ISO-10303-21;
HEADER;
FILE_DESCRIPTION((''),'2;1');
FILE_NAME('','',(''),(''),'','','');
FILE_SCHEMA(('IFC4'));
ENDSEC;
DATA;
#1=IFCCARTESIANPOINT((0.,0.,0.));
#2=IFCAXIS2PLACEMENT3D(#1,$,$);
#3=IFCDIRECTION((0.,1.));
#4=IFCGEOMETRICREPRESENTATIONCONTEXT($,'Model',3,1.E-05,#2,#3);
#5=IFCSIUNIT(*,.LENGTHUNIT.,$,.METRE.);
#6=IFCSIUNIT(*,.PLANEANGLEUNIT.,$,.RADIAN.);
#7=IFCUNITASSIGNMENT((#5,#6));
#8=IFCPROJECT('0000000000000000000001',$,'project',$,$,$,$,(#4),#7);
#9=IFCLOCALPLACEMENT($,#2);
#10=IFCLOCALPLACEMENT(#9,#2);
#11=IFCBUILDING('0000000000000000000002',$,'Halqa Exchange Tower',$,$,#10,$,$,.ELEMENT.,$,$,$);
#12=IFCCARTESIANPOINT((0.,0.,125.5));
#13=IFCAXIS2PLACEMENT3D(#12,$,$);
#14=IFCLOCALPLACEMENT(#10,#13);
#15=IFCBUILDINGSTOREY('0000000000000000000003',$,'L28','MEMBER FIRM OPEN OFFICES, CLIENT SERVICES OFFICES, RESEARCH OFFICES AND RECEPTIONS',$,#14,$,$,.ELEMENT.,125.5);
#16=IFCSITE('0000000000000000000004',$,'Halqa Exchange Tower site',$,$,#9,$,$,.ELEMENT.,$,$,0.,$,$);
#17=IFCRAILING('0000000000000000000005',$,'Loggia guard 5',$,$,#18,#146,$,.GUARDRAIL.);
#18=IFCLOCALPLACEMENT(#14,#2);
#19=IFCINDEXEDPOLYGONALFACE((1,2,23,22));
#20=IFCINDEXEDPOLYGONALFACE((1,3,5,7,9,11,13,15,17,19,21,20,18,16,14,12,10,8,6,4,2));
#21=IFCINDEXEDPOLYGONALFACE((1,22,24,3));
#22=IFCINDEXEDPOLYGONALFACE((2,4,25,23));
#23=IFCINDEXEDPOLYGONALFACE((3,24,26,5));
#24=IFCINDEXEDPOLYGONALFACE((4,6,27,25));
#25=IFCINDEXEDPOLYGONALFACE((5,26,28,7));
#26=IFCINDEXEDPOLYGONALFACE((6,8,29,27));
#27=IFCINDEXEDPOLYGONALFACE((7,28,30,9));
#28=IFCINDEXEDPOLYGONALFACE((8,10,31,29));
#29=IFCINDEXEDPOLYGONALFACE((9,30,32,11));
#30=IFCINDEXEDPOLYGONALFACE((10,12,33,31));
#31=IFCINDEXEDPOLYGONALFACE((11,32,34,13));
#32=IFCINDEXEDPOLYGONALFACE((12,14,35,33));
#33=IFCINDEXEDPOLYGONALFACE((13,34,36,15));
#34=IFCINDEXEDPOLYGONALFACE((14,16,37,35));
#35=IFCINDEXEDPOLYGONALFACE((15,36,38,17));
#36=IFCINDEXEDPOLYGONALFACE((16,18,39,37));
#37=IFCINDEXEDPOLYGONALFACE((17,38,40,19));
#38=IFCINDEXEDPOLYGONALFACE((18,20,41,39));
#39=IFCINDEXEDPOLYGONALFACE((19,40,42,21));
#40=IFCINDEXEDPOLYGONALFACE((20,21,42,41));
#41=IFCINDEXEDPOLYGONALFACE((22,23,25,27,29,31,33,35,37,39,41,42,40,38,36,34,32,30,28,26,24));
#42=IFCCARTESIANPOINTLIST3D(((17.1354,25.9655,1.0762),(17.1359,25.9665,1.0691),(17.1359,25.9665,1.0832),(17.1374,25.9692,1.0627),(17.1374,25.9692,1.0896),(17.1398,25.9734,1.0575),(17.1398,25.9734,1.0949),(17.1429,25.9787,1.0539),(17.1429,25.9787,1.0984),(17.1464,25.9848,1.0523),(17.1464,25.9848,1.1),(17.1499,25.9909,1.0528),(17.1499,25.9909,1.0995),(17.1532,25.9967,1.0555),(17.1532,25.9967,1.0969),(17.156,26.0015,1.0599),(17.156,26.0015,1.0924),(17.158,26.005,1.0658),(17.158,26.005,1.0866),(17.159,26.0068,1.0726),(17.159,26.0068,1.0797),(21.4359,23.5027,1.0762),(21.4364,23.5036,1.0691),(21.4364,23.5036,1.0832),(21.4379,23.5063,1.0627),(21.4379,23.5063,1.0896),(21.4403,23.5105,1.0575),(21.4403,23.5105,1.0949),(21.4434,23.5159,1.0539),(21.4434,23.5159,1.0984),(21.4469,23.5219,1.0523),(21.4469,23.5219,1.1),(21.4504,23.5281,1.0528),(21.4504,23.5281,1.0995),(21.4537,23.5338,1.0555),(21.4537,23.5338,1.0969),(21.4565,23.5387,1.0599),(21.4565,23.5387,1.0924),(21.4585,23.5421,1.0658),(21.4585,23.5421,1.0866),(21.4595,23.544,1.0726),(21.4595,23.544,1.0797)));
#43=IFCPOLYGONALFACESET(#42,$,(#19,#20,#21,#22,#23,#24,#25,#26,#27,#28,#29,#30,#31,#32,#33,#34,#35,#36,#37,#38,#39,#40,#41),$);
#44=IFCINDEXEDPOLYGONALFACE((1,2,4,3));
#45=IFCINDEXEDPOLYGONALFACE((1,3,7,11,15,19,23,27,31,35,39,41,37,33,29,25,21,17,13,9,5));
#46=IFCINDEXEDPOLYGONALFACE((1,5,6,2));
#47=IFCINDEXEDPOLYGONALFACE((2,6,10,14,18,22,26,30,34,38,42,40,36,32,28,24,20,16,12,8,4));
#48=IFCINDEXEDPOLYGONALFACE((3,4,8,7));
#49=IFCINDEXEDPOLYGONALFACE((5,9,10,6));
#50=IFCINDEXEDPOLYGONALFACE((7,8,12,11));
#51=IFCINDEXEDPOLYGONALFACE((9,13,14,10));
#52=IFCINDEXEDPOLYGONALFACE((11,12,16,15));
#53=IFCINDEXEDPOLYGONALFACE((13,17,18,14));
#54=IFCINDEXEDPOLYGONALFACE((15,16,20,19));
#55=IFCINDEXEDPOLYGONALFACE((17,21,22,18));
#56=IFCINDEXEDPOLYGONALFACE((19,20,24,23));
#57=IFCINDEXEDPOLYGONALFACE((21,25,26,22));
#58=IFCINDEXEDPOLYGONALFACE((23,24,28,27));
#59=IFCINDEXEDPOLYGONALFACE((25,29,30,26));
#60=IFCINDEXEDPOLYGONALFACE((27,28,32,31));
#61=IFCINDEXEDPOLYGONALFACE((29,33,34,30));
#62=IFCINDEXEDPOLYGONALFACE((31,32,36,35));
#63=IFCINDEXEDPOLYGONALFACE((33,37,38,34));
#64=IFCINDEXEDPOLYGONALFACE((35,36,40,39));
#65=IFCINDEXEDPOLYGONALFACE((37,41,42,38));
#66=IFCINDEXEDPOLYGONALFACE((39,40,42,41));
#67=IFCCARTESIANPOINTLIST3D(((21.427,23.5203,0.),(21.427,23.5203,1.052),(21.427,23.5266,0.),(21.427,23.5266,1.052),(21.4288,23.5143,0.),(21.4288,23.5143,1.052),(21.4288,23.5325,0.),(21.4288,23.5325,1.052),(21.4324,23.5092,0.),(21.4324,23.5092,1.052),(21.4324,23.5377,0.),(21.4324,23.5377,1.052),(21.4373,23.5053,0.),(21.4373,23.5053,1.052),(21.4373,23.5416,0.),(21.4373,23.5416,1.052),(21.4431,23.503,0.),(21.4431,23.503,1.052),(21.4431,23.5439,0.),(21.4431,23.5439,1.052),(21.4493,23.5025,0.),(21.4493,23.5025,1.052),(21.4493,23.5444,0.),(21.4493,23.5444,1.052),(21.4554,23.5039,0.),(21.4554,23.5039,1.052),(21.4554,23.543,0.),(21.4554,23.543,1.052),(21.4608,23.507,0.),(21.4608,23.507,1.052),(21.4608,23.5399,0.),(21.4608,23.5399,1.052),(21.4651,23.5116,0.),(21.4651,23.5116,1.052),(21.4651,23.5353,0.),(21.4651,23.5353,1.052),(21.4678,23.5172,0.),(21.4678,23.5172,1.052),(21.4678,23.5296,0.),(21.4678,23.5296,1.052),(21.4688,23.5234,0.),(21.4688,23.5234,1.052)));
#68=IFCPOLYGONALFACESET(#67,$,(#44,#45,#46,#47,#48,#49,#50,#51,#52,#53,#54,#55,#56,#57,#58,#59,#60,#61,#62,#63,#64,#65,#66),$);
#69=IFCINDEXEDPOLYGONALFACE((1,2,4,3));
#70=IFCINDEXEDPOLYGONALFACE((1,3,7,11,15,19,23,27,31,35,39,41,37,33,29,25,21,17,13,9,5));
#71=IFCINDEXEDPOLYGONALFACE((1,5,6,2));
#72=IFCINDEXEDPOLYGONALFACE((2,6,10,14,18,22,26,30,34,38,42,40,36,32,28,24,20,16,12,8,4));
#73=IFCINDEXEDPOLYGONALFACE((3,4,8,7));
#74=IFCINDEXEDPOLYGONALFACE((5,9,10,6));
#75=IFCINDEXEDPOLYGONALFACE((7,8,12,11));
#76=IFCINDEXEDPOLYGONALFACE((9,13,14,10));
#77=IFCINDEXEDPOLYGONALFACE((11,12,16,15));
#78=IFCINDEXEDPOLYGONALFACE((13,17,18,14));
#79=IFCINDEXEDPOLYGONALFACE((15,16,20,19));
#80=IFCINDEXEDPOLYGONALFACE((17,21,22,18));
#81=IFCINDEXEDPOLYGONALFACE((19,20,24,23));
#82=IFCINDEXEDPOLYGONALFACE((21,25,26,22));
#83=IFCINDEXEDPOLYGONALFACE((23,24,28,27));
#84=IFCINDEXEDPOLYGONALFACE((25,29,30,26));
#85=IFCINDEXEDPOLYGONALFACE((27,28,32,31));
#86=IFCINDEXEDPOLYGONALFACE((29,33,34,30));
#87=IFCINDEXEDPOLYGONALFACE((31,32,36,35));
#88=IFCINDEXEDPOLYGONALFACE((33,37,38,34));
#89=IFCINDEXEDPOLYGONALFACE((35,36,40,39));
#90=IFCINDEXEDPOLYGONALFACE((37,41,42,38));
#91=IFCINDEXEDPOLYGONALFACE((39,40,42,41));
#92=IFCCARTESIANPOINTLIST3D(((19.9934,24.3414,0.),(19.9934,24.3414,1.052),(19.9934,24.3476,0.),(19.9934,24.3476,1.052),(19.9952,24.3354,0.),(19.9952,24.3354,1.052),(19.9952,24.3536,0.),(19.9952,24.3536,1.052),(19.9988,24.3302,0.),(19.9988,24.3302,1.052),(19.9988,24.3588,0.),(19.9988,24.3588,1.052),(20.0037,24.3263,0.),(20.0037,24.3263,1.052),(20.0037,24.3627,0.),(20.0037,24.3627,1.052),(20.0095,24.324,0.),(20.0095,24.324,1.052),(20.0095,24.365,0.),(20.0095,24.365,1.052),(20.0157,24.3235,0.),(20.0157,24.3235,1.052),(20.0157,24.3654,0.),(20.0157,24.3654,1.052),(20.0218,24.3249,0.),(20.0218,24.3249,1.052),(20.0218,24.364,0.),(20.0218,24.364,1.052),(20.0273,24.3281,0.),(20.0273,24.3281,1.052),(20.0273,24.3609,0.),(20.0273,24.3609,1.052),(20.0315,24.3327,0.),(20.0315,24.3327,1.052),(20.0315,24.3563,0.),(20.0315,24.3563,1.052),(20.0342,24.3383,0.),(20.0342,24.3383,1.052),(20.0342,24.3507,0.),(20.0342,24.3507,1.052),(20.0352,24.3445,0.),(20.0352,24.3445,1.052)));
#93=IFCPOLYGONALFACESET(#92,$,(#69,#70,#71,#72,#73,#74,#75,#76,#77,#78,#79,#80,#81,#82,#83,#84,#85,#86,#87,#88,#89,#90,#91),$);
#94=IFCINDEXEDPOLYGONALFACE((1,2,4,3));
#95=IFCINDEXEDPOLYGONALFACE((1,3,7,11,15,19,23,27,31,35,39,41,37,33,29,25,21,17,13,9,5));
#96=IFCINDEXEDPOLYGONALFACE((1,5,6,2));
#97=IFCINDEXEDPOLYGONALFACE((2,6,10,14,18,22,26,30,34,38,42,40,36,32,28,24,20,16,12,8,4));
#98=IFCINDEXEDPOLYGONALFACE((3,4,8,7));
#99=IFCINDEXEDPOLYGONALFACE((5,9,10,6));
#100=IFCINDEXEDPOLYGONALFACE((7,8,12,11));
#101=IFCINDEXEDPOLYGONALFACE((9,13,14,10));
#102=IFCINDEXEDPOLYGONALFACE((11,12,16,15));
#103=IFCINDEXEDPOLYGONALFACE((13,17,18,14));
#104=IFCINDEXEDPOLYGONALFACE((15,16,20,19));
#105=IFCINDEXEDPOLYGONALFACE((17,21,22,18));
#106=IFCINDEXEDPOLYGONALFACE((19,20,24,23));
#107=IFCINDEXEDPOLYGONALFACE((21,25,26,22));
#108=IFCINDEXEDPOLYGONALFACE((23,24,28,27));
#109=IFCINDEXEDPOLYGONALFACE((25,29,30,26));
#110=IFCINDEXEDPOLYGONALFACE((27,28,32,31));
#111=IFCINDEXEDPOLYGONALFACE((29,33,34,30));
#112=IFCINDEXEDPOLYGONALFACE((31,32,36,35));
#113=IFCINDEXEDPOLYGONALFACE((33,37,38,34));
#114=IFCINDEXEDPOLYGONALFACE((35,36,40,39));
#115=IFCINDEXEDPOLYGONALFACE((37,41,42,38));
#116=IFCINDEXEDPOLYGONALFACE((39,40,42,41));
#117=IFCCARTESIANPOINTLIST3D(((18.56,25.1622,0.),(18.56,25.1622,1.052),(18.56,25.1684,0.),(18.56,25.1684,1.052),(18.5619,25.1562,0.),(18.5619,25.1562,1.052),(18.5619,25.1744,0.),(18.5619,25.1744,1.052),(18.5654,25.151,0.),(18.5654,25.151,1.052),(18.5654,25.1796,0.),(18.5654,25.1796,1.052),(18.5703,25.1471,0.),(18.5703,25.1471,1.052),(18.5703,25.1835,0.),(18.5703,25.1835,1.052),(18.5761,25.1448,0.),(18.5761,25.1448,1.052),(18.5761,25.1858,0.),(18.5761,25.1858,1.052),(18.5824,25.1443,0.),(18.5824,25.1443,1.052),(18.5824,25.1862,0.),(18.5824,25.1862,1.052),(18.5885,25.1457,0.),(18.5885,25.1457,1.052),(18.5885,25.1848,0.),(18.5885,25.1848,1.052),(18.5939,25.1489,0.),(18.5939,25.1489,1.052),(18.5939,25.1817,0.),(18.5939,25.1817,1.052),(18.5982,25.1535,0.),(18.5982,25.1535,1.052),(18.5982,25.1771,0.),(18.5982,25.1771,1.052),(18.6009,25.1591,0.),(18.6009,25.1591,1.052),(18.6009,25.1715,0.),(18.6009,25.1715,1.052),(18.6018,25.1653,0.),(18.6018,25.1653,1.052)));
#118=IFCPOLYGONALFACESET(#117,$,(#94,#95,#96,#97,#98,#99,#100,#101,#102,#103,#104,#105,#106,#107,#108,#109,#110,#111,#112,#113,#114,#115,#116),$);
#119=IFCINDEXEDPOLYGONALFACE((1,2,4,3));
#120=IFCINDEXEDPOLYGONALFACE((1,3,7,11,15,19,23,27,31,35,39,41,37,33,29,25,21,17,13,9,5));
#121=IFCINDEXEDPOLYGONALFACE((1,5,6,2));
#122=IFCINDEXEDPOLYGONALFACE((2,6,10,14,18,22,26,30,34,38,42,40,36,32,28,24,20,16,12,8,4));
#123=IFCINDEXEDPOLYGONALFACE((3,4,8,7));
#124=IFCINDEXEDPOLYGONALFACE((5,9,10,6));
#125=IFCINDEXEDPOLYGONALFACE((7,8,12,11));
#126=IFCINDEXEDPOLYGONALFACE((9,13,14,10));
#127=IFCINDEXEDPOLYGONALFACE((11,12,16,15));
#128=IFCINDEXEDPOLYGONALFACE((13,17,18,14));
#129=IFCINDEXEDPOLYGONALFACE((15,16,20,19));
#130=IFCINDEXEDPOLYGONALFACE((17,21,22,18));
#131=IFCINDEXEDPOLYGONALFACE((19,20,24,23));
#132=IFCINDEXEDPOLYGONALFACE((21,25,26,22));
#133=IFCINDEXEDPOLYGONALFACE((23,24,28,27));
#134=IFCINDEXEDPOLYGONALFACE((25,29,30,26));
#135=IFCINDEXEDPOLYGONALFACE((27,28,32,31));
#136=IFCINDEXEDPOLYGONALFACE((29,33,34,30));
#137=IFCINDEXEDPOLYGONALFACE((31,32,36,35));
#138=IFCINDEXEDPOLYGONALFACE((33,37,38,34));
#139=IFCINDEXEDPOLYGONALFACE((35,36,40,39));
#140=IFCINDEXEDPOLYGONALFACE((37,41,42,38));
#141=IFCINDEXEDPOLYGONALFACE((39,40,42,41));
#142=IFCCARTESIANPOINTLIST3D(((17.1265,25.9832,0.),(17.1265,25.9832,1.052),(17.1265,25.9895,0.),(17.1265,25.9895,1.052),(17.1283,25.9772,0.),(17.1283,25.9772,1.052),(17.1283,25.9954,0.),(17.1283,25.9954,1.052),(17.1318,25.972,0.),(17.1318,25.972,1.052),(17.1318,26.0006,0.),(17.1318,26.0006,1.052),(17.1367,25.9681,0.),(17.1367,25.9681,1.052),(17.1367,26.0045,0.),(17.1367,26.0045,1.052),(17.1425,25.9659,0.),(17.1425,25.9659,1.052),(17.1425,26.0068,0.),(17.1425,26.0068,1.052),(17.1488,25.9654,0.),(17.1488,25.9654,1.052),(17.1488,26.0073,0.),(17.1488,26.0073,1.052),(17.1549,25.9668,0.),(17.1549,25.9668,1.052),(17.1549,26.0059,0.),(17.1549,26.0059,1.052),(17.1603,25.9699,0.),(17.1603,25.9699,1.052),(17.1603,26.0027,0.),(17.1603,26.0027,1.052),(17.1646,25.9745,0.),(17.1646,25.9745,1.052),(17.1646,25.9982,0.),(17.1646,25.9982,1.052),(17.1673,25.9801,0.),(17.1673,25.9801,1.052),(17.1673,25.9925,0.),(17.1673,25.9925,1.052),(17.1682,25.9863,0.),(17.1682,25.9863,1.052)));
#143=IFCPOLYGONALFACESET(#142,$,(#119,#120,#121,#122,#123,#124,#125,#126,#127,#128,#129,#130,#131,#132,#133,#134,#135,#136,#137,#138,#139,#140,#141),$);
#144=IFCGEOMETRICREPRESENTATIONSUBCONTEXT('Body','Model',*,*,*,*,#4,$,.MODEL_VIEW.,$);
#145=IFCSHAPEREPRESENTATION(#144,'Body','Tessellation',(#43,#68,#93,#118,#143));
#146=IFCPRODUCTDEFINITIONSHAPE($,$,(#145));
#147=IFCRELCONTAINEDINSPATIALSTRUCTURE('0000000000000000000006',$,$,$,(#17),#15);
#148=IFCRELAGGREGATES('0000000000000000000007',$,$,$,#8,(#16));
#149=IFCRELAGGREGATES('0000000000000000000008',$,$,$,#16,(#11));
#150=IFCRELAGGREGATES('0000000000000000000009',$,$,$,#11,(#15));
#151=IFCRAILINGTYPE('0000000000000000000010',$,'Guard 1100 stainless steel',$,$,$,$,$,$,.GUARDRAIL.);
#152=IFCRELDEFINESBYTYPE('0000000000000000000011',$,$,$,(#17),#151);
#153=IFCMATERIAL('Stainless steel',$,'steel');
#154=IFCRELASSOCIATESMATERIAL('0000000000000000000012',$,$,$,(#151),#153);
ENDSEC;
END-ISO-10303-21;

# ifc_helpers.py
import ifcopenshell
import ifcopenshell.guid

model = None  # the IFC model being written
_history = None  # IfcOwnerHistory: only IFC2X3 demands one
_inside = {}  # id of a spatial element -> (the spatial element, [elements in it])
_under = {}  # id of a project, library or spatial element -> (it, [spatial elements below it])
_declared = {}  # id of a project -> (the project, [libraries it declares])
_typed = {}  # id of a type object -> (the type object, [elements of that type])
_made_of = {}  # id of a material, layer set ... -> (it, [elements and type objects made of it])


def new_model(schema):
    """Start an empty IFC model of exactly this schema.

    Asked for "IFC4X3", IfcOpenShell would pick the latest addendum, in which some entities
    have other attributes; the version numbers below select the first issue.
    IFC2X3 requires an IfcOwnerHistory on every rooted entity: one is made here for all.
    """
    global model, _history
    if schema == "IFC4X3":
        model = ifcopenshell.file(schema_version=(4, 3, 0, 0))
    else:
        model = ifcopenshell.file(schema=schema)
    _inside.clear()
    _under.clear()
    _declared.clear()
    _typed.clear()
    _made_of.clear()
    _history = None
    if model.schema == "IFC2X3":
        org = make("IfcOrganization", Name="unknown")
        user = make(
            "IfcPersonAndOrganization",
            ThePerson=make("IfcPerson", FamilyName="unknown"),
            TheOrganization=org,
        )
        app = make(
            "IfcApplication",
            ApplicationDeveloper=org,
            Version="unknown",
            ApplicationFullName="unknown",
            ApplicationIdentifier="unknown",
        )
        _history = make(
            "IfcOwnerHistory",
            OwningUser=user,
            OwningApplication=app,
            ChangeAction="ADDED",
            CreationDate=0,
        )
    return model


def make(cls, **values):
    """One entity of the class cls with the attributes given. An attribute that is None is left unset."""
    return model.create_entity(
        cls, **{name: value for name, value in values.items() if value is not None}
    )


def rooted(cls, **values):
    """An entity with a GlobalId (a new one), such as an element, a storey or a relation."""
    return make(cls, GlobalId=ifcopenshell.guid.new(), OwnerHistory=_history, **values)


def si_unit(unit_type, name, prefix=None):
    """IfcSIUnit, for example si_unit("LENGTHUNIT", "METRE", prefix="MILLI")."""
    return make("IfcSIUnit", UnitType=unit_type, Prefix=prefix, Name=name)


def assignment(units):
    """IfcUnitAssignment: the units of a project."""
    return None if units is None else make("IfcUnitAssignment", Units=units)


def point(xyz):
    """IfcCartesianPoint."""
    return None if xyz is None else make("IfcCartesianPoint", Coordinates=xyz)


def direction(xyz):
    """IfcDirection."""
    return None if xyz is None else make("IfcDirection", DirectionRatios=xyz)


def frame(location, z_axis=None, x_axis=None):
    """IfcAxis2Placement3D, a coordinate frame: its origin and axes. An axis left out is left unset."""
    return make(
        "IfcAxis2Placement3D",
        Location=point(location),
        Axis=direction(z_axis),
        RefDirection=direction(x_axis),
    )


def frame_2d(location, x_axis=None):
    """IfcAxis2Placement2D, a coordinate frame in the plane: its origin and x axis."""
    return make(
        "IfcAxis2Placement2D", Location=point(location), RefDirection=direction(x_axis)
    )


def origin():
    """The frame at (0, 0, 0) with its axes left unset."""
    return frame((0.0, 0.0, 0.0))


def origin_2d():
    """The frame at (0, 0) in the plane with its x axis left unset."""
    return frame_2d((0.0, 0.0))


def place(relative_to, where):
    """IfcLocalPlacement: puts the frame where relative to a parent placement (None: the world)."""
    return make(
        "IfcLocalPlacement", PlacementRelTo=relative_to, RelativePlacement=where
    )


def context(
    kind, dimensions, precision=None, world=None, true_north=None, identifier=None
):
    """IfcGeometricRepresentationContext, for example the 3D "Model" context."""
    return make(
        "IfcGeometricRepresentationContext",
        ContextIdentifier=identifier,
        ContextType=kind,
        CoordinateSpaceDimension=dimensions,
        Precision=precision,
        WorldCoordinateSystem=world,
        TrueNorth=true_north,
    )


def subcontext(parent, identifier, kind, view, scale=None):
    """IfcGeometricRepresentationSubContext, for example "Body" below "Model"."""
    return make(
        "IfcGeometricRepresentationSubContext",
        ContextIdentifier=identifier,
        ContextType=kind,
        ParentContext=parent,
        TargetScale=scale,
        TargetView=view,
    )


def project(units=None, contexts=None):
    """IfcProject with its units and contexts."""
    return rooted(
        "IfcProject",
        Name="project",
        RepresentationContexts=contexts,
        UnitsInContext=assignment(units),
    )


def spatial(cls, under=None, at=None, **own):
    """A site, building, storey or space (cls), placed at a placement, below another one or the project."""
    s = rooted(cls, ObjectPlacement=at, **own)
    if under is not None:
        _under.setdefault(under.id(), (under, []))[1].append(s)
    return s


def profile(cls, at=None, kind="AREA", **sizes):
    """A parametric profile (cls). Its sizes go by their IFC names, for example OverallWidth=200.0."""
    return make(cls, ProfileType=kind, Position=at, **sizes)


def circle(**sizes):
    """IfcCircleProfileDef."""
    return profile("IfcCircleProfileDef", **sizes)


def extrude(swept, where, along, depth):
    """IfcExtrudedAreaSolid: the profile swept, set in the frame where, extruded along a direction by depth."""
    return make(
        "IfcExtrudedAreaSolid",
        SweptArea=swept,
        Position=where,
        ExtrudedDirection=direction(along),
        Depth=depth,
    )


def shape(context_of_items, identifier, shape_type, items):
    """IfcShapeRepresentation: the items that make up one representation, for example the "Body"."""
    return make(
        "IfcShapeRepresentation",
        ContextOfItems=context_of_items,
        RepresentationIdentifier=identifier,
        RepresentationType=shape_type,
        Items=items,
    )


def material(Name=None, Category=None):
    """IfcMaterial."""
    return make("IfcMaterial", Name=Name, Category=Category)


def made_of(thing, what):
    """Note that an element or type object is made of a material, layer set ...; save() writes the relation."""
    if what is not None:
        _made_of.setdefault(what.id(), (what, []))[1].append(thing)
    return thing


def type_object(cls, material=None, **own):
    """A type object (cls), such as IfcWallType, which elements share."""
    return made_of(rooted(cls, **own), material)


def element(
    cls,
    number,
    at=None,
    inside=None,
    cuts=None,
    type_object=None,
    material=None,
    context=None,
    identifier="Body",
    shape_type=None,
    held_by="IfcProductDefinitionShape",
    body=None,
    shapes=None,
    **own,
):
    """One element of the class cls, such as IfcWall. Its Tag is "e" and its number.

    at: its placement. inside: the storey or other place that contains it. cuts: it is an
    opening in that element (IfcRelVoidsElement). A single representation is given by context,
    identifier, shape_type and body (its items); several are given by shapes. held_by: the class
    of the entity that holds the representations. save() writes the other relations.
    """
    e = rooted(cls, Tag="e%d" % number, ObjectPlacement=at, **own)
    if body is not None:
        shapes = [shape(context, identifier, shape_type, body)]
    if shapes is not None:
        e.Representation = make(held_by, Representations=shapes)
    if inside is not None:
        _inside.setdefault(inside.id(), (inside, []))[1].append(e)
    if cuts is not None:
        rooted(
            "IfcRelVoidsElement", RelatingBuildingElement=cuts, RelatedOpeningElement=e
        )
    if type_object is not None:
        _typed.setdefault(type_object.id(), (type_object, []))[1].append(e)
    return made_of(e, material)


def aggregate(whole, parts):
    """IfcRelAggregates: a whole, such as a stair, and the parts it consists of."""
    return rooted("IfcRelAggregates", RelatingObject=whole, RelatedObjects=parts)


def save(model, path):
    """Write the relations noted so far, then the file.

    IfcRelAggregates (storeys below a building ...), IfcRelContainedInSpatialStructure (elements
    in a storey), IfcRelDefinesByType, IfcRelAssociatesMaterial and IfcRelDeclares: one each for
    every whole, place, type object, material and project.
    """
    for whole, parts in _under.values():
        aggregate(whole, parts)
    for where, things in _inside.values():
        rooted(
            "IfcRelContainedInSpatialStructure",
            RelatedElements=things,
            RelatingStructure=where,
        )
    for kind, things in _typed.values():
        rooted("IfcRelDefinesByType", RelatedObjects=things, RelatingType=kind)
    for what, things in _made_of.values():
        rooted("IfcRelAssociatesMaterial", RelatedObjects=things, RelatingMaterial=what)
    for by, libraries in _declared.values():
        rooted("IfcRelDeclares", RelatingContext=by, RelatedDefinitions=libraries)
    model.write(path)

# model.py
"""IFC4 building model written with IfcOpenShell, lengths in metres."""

from ifc_helpers import new_model, si_unit, direction, frame, origin, origin_2d, place, context, subcontext, project, spatial, circle, extrude, material, type_object, element, save


model = new_model("IFC4")

# Units and contexts
model_context = context("Model", 3, precision=1e-05, world=origin(), true_north=direction((0.0, 1.0)))
body_context = subcontext(model_context, "Body", "Model", "MODEL_VIEW")
ifc_project = project(units=[si_unit("LENGTHUNIT", "METRE"), si_unit("PLANEANGLEUNIT", "RADIAN")], contexts=[model_context])

# Site, building, storey
site_placement = place(None, origin())
site = spatial("IfcSite", under=ifc_project, at=site_placement, Name="Halqa Exchange Tower site", CompositionType="ELEMENT", RefElevation=0.0)
building_placement = place(site_placement, origin())
building = spatial("IfcBuilding", under=site, at=building_placement, Name="Halqa Exchange Tower", CompositionType="ELEMENT")
storey_placement = place(building_placement, frame((0.0, 0.0, 125.5)))
storey = spatial("IfcBuildingStorey", under=building, at=storey_placement, Name="L28", Description="MEMBER FIRM OPEN OFFICES, CLIENT SERVICES OFFICES, RESEARCH OFFICES AND RECEPTIONS", CompositionType="ELEMENT", Elevation=125.5)

# Railing
ifc_material_1 = material(Name="Stainless steel", Category="steel")
railing_type = type_object("IfcRailingType", Name="Guard 1100 stainless steel", PredefinedType="GUARDRAIL", material=ifc_material_1)
railing_1_placement = place(storey_placement, frame((21.4478, 23.5234, 0.0)))
element("IfcRailing", 1, at=railing_1_placement, inside=storey, type_object=railing_type, Name="Loggia guard 5", PredefinedType="GUARDRAIL", context=body_context, shape_type="SweptSolid", body=[
    extrude(circle(Radius=0.0239, at=origin_2d()), frame((0.0, 0.0, 1.0762), z_axis=(-0.86777, 0.496966, 0.0), x_axis=(-0.496966, -0.86777, 0.0)), (0.0, 0.0, 1.0), 4.9558),
    extrude(circle(Radius=0.021, at=origin_2d()), origin(), (0.0, 0.0, 1.0), 1.052),
    extrude(circle(Radius=0.021, at=origin_2d()), frame((-1.4336, 0.821, 0.0)), (0.0, 0.0, 1.0), 1.052),
    extrude(circle(Radius=0.021, at=origin_2d()), frame((-2.8669, 1.6418, 0.0)), (0.0, 0.0, 1.0), 1.052),
    extrude(circle(Radius=0.021, at=origin_2d()), frame((-4.3005, 2.4629, 0.0)), (0.0, 0.0, 1.0), 1.052),
])

save(model, "model.ifc")
